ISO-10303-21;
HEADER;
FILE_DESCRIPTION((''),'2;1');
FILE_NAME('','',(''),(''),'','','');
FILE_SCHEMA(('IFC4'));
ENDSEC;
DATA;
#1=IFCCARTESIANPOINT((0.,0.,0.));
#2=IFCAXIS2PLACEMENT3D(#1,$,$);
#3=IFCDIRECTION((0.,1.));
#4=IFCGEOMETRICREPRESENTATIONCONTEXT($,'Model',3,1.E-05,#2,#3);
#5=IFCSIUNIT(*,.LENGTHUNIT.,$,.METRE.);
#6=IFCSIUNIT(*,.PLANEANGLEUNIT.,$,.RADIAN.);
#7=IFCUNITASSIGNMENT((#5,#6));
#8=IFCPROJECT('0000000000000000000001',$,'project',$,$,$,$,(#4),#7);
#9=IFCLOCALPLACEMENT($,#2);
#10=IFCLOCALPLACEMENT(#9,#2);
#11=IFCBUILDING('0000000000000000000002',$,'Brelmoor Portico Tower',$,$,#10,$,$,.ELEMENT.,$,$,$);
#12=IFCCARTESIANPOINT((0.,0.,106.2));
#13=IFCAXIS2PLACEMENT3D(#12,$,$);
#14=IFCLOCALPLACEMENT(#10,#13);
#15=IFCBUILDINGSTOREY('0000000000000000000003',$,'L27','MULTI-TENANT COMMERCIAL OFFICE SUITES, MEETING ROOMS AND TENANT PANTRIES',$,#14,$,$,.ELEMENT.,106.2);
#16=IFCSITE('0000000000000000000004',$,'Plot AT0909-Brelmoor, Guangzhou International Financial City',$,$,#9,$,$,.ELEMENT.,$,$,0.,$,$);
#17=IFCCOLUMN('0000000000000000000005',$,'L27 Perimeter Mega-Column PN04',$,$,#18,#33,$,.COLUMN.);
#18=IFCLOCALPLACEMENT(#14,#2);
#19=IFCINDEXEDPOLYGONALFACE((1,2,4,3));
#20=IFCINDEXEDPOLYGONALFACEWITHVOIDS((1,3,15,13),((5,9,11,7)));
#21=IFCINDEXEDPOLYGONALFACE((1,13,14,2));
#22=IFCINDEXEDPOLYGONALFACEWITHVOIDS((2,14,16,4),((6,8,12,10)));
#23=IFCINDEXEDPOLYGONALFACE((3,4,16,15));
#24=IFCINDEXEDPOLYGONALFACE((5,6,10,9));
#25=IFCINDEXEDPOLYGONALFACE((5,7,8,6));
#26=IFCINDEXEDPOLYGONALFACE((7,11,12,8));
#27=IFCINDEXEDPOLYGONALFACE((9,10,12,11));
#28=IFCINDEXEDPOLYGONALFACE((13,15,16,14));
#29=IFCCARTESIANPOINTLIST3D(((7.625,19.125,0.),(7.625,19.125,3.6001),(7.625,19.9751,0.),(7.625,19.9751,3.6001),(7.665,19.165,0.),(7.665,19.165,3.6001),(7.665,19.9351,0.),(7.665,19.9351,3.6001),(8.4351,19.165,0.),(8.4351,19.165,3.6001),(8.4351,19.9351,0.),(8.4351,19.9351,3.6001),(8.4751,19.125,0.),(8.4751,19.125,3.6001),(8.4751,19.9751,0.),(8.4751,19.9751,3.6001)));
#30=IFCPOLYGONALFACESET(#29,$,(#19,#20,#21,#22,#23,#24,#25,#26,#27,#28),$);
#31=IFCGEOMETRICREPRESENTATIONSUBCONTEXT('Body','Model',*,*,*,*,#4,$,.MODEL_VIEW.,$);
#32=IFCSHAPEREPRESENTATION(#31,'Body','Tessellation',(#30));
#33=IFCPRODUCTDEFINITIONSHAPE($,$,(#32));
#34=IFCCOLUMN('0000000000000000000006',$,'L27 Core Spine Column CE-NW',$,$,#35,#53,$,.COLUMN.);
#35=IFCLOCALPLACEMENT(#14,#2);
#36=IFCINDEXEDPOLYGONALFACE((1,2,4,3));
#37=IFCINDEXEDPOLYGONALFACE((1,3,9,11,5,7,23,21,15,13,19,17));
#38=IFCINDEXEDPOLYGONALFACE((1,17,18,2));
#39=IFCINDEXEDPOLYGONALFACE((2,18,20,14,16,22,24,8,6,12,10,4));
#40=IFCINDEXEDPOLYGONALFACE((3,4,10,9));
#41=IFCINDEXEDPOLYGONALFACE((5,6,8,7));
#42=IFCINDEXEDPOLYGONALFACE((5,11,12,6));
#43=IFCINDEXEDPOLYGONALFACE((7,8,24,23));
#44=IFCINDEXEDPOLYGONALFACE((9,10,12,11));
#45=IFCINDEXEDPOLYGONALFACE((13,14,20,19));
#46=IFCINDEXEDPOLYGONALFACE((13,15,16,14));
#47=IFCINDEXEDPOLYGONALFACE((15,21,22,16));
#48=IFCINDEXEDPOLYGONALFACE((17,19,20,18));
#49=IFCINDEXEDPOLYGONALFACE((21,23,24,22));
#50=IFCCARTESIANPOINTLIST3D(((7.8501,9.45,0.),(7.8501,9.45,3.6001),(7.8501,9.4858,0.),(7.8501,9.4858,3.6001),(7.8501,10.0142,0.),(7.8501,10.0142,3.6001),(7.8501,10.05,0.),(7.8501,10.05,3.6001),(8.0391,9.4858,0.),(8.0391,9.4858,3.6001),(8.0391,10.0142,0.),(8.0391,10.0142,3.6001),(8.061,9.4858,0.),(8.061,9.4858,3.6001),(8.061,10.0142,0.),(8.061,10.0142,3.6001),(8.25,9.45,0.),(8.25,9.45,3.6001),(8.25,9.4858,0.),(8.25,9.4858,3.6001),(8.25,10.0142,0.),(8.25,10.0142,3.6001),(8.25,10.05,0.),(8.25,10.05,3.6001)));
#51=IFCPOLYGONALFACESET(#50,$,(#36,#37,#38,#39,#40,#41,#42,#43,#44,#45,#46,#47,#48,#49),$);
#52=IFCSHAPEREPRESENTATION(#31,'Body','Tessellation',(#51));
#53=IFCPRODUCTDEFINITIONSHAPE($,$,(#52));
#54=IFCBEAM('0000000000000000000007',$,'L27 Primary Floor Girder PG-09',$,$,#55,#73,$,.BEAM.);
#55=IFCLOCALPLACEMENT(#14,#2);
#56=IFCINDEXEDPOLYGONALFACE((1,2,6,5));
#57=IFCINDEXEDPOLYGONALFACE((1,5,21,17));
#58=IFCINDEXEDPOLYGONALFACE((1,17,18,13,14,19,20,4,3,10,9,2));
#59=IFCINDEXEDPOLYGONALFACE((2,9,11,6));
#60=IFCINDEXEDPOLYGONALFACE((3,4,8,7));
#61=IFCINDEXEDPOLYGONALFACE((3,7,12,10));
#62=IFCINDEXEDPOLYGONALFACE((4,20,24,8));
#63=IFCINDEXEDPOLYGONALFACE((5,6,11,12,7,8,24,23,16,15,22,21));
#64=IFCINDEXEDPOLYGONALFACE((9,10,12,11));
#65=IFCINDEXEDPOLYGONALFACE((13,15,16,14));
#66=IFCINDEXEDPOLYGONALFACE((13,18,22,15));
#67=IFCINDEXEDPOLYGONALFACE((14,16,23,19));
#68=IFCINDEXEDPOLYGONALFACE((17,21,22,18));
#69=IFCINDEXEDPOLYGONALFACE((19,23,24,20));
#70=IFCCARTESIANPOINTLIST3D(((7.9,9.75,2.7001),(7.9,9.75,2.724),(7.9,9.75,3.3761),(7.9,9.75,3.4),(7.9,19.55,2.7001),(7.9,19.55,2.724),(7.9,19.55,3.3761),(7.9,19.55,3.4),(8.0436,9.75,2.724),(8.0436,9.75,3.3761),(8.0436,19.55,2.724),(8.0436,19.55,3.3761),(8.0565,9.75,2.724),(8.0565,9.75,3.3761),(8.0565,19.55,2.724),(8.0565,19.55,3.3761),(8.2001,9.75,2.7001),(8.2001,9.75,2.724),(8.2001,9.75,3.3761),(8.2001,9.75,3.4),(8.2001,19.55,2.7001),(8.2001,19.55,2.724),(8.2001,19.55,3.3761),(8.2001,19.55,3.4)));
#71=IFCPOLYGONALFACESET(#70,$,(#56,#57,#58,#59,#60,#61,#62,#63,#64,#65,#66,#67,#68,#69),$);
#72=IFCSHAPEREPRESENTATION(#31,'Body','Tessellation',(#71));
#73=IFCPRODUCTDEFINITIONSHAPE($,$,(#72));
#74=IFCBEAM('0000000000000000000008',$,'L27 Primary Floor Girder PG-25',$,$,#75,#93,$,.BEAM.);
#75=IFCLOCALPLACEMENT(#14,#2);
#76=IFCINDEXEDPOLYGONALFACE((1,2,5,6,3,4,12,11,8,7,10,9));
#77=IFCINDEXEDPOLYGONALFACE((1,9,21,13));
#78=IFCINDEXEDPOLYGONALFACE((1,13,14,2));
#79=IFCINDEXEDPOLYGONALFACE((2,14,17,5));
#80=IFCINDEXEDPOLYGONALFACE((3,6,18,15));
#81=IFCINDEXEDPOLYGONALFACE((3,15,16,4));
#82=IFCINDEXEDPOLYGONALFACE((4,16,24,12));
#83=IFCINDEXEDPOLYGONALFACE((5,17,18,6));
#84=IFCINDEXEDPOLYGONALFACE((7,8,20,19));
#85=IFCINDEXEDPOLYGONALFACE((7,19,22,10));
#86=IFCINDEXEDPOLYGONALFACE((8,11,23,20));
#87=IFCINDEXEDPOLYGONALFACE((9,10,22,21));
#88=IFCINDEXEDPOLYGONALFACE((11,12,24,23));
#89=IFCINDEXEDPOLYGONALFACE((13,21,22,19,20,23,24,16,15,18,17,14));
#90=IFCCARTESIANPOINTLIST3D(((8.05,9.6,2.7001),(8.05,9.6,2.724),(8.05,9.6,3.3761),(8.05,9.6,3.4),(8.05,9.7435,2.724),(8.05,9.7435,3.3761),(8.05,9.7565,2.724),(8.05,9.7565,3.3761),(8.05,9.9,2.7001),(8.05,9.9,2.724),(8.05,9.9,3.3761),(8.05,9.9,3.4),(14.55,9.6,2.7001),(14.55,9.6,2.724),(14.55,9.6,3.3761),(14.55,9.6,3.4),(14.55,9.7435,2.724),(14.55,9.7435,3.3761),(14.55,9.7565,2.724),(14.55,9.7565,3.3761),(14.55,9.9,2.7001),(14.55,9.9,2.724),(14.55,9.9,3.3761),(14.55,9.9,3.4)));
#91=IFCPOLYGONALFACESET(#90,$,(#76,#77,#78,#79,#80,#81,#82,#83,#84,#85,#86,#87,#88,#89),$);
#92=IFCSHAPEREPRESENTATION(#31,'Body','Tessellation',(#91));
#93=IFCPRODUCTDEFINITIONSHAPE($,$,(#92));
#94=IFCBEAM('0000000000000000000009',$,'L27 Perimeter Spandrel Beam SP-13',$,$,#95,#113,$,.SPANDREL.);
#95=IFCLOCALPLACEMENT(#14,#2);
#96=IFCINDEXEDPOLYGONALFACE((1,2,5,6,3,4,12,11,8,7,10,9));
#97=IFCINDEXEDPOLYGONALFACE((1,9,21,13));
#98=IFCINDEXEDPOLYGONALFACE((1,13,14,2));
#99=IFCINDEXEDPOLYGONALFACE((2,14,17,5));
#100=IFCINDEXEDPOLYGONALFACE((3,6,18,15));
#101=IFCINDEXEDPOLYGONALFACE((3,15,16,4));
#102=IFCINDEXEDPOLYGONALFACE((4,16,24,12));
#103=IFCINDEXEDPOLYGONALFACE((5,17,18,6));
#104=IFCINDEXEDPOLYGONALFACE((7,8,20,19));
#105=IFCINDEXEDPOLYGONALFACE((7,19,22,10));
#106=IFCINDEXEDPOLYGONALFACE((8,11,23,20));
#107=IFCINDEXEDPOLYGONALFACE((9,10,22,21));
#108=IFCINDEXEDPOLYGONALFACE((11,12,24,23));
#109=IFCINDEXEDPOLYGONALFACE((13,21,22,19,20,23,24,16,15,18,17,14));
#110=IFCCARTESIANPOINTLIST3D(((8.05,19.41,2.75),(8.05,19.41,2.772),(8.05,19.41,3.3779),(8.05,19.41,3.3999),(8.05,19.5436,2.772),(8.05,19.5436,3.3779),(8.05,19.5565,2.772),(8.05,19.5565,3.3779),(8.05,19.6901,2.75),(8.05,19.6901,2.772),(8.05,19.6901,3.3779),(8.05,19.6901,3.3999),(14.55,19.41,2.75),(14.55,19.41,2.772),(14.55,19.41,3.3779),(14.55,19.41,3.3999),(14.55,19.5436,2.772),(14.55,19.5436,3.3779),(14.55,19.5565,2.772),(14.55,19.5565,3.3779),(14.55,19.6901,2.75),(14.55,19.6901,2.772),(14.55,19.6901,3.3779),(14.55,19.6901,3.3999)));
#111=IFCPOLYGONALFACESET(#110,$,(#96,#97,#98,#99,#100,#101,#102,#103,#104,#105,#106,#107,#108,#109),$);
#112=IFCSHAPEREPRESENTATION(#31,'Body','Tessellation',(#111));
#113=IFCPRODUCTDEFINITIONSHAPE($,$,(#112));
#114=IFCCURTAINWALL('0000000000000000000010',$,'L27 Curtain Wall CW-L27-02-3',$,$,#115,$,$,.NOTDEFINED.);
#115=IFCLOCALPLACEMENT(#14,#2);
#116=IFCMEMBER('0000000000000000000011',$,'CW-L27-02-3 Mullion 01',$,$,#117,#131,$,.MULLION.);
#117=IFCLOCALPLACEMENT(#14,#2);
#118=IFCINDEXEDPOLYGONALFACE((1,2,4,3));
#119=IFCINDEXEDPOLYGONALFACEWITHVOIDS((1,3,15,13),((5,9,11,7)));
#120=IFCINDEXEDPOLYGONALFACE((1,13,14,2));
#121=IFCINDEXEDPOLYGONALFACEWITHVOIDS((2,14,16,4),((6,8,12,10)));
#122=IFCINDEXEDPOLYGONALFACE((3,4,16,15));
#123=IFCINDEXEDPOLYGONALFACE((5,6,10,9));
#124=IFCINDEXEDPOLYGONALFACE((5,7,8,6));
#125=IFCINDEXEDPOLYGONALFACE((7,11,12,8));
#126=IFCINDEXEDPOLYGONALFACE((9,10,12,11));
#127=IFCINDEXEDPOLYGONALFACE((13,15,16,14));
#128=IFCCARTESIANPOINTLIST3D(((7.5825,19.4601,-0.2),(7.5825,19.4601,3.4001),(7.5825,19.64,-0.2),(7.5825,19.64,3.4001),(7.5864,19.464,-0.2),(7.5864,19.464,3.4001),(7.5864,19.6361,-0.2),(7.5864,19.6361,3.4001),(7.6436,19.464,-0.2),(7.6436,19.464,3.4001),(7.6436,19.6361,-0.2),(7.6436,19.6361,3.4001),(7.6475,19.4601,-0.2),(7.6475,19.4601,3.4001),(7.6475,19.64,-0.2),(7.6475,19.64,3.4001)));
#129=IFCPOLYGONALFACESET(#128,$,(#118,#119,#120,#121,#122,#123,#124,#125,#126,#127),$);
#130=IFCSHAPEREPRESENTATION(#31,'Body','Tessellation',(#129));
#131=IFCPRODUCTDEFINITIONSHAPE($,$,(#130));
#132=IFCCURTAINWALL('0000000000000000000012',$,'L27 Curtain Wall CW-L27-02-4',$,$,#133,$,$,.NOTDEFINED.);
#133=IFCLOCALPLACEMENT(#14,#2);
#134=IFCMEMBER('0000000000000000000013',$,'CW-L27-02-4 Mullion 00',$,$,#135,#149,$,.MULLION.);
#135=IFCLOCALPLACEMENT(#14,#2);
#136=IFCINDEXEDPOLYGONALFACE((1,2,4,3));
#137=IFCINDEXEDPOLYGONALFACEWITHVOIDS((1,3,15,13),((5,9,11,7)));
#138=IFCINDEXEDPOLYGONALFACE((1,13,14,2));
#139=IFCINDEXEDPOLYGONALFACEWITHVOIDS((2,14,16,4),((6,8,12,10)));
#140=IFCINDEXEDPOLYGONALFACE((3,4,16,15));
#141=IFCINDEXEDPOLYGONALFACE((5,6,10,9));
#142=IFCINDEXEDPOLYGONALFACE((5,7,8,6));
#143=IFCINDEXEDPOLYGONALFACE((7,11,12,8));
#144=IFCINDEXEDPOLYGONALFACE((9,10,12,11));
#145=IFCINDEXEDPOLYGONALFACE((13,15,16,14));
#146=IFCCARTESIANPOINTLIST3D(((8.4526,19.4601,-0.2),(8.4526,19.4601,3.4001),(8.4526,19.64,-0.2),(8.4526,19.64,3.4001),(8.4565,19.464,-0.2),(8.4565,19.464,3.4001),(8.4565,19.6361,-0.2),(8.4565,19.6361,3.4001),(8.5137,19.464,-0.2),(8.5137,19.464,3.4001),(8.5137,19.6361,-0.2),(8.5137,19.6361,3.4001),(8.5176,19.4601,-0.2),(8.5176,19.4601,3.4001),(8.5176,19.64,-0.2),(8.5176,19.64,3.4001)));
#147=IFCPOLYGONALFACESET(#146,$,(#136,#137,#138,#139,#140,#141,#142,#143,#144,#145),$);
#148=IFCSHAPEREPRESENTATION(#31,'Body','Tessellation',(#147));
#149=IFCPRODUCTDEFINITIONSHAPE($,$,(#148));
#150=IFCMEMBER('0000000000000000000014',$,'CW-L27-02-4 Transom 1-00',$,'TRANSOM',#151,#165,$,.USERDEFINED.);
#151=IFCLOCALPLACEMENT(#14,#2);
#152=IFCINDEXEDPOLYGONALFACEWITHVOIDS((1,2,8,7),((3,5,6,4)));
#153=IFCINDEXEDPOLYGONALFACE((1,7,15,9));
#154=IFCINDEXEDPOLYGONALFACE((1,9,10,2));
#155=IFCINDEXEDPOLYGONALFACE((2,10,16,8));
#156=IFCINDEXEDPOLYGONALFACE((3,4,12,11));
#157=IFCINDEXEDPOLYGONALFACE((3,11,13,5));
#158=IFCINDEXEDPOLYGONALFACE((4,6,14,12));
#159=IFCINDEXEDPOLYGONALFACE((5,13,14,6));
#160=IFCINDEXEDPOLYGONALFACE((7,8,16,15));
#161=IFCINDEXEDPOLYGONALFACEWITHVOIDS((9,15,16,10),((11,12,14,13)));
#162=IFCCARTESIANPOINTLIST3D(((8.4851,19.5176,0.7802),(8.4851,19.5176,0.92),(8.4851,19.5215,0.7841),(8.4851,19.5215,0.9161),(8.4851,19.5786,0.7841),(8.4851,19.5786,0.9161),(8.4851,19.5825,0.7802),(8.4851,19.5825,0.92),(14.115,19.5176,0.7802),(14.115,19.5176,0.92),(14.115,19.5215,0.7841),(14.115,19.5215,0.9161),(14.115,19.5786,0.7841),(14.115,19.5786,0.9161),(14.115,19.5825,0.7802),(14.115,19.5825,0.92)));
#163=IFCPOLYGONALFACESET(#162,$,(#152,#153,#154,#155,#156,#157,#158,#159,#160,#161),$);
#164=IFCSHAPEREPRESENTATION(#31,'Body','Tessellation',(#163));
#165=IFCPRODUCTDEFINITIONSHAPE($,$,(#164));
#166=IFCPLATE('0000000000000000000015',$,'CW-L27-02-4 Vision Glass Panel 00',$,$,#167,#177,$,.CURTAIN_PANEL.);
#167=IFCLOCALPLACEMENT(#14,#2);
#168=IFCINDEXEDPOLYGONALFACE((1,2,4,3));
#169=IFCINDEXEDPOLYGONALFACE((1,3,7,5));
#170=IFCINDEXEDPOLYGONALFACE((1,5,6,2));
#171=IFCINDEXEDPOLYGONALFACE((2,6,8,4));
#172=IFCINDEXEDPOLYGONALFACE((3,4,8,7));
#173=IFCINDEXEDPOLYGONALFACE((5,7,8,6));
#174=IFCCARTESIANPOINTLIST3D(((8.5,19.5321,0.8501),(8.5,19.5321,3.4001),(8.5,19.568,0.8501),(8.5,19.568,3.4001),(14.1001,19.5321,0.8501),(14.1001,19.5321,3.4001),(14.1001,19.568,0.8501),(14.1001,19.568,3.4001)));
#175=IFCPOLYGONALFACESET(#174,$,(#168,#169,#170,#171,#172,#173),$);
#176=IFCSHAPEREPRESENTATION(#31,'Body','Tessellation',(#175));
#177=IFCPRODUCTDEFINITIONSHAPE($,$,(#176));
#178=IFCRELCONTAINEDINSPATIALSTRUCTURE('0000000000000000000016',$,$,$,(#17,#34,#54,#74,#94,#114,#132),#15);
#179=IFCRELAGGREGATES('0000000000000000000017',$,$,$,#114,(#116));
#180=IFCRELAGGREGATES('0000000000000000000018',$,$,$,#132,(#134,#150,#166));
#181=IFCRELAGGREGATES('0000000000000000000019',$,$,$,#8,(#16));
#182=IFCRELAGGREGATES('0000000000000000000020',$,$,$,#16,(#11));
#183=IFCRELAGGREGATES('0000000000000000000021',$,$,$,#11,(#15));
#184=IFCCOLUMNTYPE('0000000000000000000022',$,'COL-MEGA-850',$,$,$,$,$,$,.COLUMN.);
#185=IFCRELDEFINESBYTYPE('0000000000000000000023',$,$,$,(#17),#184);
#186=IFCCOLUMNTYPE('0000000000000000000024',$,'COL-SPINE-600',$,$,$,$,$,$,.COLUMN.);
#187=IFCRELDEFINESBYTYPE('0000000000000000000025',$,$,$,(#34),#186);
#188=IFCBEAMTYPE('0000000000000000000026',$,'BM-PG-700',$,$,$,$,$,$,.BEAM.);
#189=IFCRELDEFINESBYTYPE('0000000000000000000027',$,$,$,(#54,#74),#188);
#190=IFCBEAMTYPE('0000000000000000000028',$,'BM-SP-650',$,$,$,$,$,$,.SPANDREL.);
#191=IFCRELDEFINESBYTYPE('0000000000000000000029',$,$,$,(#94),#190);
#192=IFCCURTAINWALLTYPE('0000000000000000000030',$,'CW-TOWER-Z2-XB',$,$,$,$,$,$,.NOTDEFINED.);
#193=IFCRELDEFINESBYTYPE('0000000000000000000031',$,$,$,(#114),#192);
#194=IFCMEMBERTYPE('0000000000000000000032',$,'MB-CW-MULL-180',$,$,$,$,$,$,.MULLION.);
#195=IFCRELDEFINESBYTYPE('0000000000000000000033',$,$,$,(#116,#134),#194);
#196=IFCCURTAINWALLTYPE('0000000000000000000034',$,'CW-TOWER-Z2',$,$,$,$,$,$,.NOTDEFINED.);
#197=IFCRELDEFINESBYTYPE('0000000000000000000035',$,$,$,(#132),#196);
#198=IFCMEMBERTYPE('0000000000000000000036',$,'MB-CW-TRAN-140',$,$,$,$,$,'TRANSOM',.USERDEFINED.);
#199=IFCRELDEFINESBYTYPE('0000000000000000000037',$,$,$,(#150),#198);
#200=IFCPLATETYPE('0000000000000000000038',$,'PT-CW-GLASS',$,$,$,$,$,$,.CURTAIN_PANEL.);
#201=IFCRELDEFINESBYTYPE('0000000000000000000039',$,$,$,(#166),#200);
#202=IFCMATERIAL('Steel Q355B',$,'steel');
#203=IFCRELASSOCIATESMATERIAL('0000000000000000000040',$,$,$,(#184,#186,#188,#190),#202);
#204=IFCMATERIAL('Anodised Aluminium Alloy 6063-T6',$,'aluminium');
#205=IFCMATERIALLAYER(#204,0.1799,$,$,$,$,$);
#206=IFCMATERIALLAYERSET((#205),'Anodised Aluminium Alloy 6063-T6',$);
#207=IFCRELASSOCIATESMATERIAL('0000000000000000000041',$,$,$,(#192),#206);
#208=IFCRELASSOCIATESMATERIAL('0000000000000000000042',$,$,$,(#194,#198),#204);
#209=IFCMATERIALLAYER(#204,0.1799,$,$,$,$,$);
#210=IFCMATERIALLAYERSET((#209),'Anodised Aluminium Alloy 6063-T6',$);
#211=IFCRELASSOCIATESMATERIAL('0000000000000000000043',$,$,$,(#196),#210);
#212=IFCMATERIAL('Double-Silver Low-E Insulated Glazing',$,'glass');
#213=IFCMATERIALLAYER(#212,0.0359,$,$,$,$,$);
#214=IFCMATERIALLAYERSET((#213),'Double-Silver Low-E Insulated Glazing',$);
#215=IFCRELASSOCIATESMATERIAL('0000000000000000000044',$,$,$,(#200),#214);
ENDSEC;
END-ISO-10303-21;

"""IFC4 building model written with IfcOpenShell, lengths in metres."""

from ifc_helpers import new_model, si_unit, direction, frame, origin, origin_2d, place, context, subcontext, project, spatial, rectangle, hollow_rectangle, i_section, extrude, material, layer, layer_set, material_profile, profile_set, type_object, element, aggregate, save


model = new_model("IFC4")

# Units and contexts
model_context = context("Model", 3, precision=1e-05, world=origin(), true_north=direction((0.0, 1.0)))
body_context = subcontext(model_context, "Body", "Model", "MODEL_VIEW")
ifc_project = project(units=[si_unit("LENGTHUNIT", "METRE"), si_unit("PLANEANGLEUNIT", "RADIAN")], contexts=[model_context])

# Site, building, storey
site_placement = place(None, origin())
site = spatial("IfcSite", under=ifc_project, at=site_placement, Name="Plot AT0909-Brelmoor, Guangzhou International Financial City", CompositionType="ELEMENT", RefElevation=0.0)
building_placement = place(site_placement, origin())
building = spatial("IfcBuilding", under=site, at=building_placement, Name="Brelmoor Portico Tower", CompositionType="ELEMENT")
storey_placement = place(building_placement, frame((0.0, 0.0, 106.2)))
storey = spatial("IfcBuildingStorey", under=building, at=storey_placement, Name="L27", Description="MULTI-TENANT COMMERCIAL OFFICE SUITES, MEETING ROOMS AND TENANT PANTRIES", CompositionType="ELEMENT", Elevation=106.2)

# Columns
ifc_material_1 = material(Name="Steel Q355B", Category="steel")
ifc_material_profile_1 = material_profile(ifc_material_1, hollow_rectangle(XDim=0.8501, YDim=0.8501, WallThickness=0.04, at=origin_2d()), Name="BOX 850x850x40")
ifc_profile_set_1 = profile_set([ifc_material_profile_1], Name="Steel Q355B")
column_type_1 = type_object("IfcColumnType", Name="COL-MEGA-850", PredefinedType="COLUMN", material=ifc_profile_set_1)
column_1_placement = place(storey_placement, frame((8.05, 19.55, 0.0), z_axis=(0.0, 0.0, 1.0), x_axis=(1.0, 0.0, 0.0)))
element("IfcColumn", 1, at=column_1_placement, inside=storey, type_object=column_type_1, Name="L27 Perimeter Mega-Column PN04", PredefinedType="COLUMN", context=body_context, shape_type="SweptSolid", body=[
    extrude(hollow_rectangle(XDim=0.8501, YDim=0.8501, WallThickness=0.04, at=origin_2d()), origin(), (0.0, 0.0, 1.0), 3.6001),
])
ifc_material_profile_2 = material_profile(ifc_material_1, i_section(OverallWidth=0.3999, OverallDepth=0.6001, WebThickness=0.022, FlangeThickness=0.0359, at=origin_2d()), Name="HW 600x400x22x36")
ifc_profile_set_2 = profile_set([ifc_material_profile_2], Name="Steel Q355B")
column_type_2 = type_object("IfcColumnType", Name="COL-SPINE-600", PredefinedType="COLUMN", material=ifc_profile_set_2)
column_2_placement = place(storey_placement, frame((8.05, 9.75, 0.0), z_axis=(0.0, 0.0, 1.0), x_axis=(1.0, 0.0, 0.0)))
element("IfcColumn", 2, at=column_2_placement, inside=storey, type_object=column_type_2, Name="L27 Core Spine Column CE-NW", PredefinedType="COLUMN", context=body_context, shape_type="SweptSolid", body=[
    extrude(i_section(OverallWidth=0.3999, OverallDepth=0.6001, WebThickness=0.022, FlangeThickness=0.0359, at=origin_2d()), origin(), (0.0, 0.0, 1.0), 3.6001),
])

# Beams
ifc_material_profile_3 = material_profile(ifc_material_1, i_section(OverallWidth=0.3, OverallDepth=0.7, WebThickness=0.0129, FlangeThickness=0.0239, at=origin_2d()), Name="HN 700x300x13x24")
ifc_profile_set_3 = profile_set([ifc_material_profile_3], Name="Steel Q355B")
beam_type_1 = type_object("IfcBeamType", Name="BM-PG-700", PredefinedType="BEAM", material=ifc_profile_set_3)
beam_1_placement = place(storey_placement, frame((8.05, 9.75, 3.05), z_axis=(0.0, 1.0, 0.0), x_axis=(-1.0, 0.0, 0.0)))
element("IfcBeam", 3, at=beam_1_placement, inside=storey, type_object=beam_type_1, Name="L27 Primary Floor Girder PG-09", PredefinedType="BEAM", context=body_context, shape_type="SweptSolid", body=[
    extrude(i_section(OverallWidth=0.3, OverallDepth=0.7, WebThickness=0.0129, FlangeThickness=0.0239, at=origin_2d()), origin(), (0.0, 0.0, 1.0), 9.8),
])
beam_2_placement = place(storey_placement, frame((8.05, 9.75, 3.05), z_axis=(1.0, 0.0, 0.0), x_axis=(0.0, 1.0, 0.0)))
element("IfcBeam", 4, at=beam_2_placement, inside=storey, type_object=beam_type_1, Name="L27 Primary Floor Girder PG-25", PredefinedType="BEAM", context=body_context, shape_type="SweptSolid", body=[
    extrude(i_section(OverallWidth=0.3, OverallDepth=0.7, WebThickness=0.0129, FlangeThickness=0.0239, at=origin_2d()), origin(), (0.0, 0.0, 1.0), 6.5),
])
ifc_material_profile_4 = material_profile(ifc_material_1, i_section(OverallWidth=0.28, OverallDepth=0.6499, WebThickness=0.0129, FlangeThickness=0.022, at=origin_2d()), Name="HN 650x280x13x22")
ifc_profile_set_4 = profile_set([ifc_material_profile_4], Name="Steel Q355B")
beam_type_2 = type_object("IfcBeamType", Name="BM-SP-650", PredefinedType="SPANDREL", material=ifc_profile_set_4)
beam_3_placement = place(storey_placement, frame((8.05, 19.55, 3.075), z_axis=(1.0, 0.0, 0.0), x_axis=(0.0, 1.0, 0.0)))
element("IfcBeam", 5, at=beam_3_placement, inside=storey, type_object=beam_type_2, Name="L27 Perimeter Spandrel Beam SP-13", PredefinedType="SPANDREL", context=body_context, shape_type="SweptSolid", body=[
    extrude(i_section(OverallWidth=0.28, OverallDepth=0.6499, WebThickness=0.0129, FlangeThickness=0.022, at=origin_2d()), origin(), (0.0, 0.0, 1.0), 6.5),
])

# Curtain wall, member
ifc_material_2 = material(Name="Anodised Aluminium Alloy 6063-T6", Category="aluminium")
ifc_layer_1 = layer(ifc_material_2, 0.1799)
ifc_layer_set_1 = layer_set([ifc_layer_1], Name="Anodised Aluminium Alloy 6063-T6")
curtain_wall_type_1 = type_object("IfcCurtainWallType", Name="CW-TOWER-Z2-XB", PredefinedType="NOTDEFINED", material=ifc_layer_set_1)
curtain_wall_1_placement = place(storey_placement, origin())
curtain_wall_1 = element("IfcCurtainWall", 6, at=curtain_wall_1_placement, inside=storey, type_object=curtain_wall_type_1, Name="L27 Curtain Wall CW-L27-02-3", PredefinedType="NOTDEFINED")
ifc_material_profile_5 = material_profile(ifc_material_2, hollow_rectangle(XDim=0.0649, YDim=0.1799, WallThickness=0.0039, at=origin_2d()), Name="ALU MULLION 65x180")
ifc_profile_set_5 = profile_set([ifc_material_profile_5], Name="Anodised Aluminium Alloy 6063-T6")
member_type_1 = type_object("IfcMemberType", Name="MB-CW-MULL-180", PredefinedType="MULLION", material=ifc_profile_set_5)
member_1_placement = place(storey_placement, frame((7.615, 19.55, -0.2), z_axis=(0.0, 0.0, 1.0), x_axis=(1.0, 0.0, 0.0)))
member_1 = element("IfcMember", 7, at=member_1_placement, type_object=member_type_1, Name="CW-L27-02-3 Mullion 01", PredefinedType="MULLION", context=body_context, shape_type="SweptSolid", body=[
    extrude(hollow_rectangle(XDim=0.0649, YDim=0.1799, WallThickness=0.0039, at=origin_2d()), origin(), (0.0, 0.0, 1.0), 3.6001),
])

# Curtain wall, members, plate
ifc_layer_2 = layer(ifc_material_2, 0.1799)
ifc_layer_set_2 = layer_set([ifc_layer_2], Name="Anodised Aluminium Alloy 6063-T6")
curtain_wall_type_2 = type_object("IfcCurtainWallType", Name="CW-TOWER-Z2", PredefinedType="NOTDEFINED", material=ifc_layer_set_2)
curtain_wall_2_placement = place(storey_placement, origin())
curtain_wall_2 = element("IfcCurtainWall", 8, at=curtain_wall_2_placement, inside=storey, type_object=curtain_wall_type_2, Name="L27 Curtain Wall CW-L27-02-4", PredefinedType="NOTDEFINED")
member_2_placement = place(storey_placement, frame((8.4851, 19.55, -0.2), z_axis=(0.0, 0.0, 1.0), x_axis=(1.0, 0.0, 0.0)))
member_2 = element("IfcMember", 9, at=member_2_placement, type_object=member_type_1, Name="CW-L27-02-4 Mullion 00", PredefinedType="MULLION", context=body_context, shape_type="SweptSolid", body=[
    extrude(hollow_rectangle(XDim=0.0649, YDim=0.1799, WallThickness=0.0039, at=origin_2d()), origin(), (0.0, 0.0, 1.0), 3.6001),
])
ifc_material_profile_6 = material_profile(ifc_material_2, hollow_rectangle(XDim=0.0649, YDim=0.1399, WallThickness=0.0039, at=origin_2d()), Name="ALU TRANSOM 65x140")
ifc_profile_set_6 = profile_set([ifc_material_profile_6], Name="Anodised Aluminium Alloy 6063-T6")
member_type_2 = type_object("IfcMemberType", Name="MB-CW-TRAN-140", ElementType="TRANSOM", PredefinedType="USERDEFINED", material=ifc_profile_set_6)
member_3_placement = place(storey_placement, frame((8.4851, 19.55, 0.8501), z_axis=(1.0, 0.0, 0.0), x_axis=(0.0, 1.0, 0.0)))
member_3 = element("IfcMember", 10, at=member_3_placement, type_object=member_type_2, Name="CW-L27-02-4 Transom 1-00", ObjectType="TRANSOM", PredefinedType="USERDEFINED", context=body_context, shape_type="SweptSolid", body=[
    extrude(hollow_rectangle(XDim=0.0649, YDim=0.1399, WallThickness=0.0039, at=origin_2d()), origin(), (0.0, 0.0, 1.0), 5.6299),
])
ifc_material_3 = material(Name="Double-Silver Low-E Insulated Glazing", Category="glass")
ifc_layer_3 = layer(ifc_material_3, 0.0359)
ifc_layer_set_3 = layer_set([ifc_layer_3], Name="Double-Silver Low-E Insulated Glazing")
plate_type_1 = type_object("IfcPlateType", Name="PT-CW-GLASS", PredefinedType="CURTAIN_PANEL", material=ifc_layer_set_3)
plate_1_placement = place(storey_placement, frame((11.3, 19.55, 0.8501), z_axis=(0.0, 0.0, 1.0), x_axis=(1.0, 0.0, 0.0)))
plate_1 = element("IfcPlate", 11, at=plate_1_placement, type_object=plate_type_1, Name="CW-L27-02-4 Vision Glass Panel 00", PredefinedType="CURTAIN_PANEL", context=body_context, shape_type="SweptSolid", body=[
    extrude(rectangle(XDim=5.6001, YDim=0.0359, at=origin_2d()), origin(), (0.0, 0.0, 1.0), 2.55),
])

aggregate(curtain_wall_1, [member_1])
aggregate(curtain_wall_2, [member_2, member_3, plate_1])

save(model, "model.ifc")
